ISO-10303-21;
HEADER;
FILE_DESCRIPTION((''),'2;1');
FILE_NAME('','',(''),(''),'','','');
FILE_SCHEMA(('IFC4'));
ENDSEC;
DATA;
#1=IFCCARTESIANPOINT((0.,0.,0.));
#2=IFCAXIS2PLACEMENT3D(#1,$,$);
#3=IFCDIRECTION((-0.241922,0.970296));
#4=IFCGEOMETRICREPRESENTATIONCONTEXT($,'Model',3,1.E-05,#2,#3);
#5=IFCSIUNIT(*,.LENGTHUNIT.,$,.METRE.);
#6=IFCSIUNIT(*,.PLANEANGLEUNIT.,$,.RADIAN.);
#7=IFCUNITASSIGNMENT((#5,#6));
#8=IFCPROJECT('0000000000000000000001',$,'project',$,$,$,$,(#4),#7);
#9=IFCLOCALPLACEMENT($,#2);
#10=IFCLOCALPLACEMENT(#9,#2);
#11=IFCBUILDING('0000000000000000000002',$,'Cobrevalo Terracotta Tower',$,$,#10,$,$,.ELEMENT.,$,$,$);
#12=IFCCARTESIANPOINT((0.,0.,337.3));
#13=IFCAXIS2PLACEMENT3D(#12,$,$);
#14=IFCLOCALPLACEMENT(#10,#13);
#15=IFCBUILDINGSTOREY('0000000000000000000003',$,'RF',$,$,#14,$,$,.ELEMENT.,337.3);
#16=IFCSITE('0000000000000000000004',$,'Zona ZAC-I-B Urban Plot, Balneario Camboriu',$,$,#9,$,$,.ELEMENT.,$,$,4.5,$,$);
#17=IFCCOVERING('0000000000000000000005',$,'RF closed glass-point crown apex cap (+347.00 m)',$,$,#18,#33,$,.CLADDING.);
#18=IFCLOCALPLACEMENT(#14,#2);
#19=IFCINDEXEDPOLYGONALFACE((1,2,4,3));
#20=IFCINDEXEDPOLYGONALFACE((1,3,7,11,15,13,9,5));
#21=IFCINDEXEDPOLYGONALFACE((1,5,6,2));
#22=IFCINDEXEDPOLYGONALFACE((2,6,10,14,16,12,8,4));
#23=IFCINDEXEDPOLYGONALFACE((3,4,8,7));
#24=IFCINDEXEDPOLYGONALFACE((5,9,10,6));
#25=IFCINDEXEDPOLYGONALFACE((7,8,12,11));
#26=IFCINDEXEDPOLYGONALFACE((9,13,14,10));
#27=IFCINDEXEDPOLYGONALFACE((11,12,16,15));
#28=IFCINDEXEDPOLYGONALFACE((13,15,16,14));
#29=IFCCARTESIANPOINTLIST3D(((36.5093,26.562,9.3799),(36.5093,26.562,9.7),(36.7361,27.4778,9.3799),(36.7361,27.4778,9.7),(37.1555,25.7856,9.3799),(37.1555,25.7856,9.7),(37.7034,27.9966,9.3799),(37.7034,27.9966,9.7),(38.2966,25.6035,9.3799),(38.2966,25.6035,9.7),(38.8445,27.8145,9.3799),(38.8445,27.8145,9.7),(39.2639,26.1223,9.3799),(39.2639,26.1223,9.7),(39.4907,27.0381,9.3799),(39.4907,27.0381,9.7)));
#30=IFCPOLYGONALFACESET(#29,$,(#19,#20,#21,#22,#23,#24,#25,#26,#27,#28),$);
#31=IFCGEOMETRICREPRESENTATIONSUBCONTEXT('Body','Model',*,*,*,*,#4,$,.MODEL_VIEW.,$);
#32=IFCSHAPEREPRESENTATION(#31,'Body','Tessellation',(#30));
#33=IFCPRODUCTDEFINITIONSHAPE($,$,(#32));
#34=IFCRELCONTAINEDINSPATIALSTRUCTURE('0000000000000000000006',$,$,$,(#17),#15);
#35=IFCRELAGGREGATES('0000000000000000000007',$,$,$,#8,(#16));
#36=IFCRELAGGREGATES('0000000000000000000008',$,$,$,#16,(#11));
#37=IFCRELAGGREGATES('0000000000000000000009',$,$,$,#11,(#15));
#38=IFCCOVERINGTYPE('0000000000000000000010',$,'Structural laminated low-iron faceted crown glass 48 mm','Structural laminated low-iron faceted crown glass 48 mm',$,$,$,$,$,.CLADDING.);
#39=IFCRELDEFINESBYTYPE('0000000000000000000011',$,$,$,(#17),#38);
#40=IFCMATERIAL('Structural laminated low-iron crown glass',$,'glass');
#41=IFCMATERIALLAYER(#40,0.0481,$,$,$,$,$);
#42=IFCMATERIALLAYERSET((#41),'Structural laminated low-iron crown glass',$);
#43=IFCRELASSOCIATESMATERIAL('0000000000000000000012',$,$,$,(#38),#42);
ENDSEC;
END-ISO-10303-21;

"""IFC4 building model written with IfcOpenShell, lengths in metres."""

from ifc_helpers import new_model, si_unit, direction, frame, origin, place, context, subcontext, project, spatial, polyline, outline, extrude, material, layer, layer_set, type_object, element, save


model = new_model("IFC4")

# Units and contexts
model_context = context("Model", 3, precision=1e-05, world=origin(), true_north=direction((-0.241922, 0.970296)))
body_context = subcontext(model_context, "Body", "Model", "MODEL_VIEW")
ifc_project = project(units=[si_unit("LENGTHUNIT", "METRE"), si_unit("PLANEANGLEUNIT", "RADIAN")], contexts=[model_context])

# Site, building, storey
site_placement = place(None, origin())
site = spatial("IfcSite", under=ifc_project, at=site_placement, Name="Zona ZAC-I-B Urban Plot, Balneario Camboriu", CompositionType="ELEMENT", RefElevation=4.5)
building_placement = place(site_placement, origin())
building = spatial("IfcBuilding", under=site, at=building_placement, Name="Cobrevalo Terracotta Tower", CompositionType="ELEMENT")
storey_placement = place(building_placement, frame((0.0, 0.0, 337.3)))
storey = spatial("IfcBuildingStorey", under=building, at=storey_placement, Name="RF", CompositionType="ELEMENT", Elevation=337.3)

# Shared definitions
ifc_material_1 = material(Name="Structural laminated low-iron crown glass", Category="glass")

# Covering
ifc_layer_1 = layer(ifc_material_1, 0.0481)
ifc_layer_set_1 = layer_set([ifc_layer_1], Name="Structural laminated low-iron crown glass")
covering_type = type_object("IfcCoveringType", Name="Structural laminated low-iron faceted crown glass 48 mm", Description="Structural laminated low-iron faceted crown glass 48 mm", PredefinedType="CLADDING", material=ifc_layer_set_1)
covering_1_placement = place(storey_placement, frame((0.0, 0.0, 9.3799)))
element("IfcCovering", 1, at=covering_1_placement, inside=storey, type_object=covering_type, Name="RF closed glass-point crown apex cap (+347.00 m)", PredefinedType="CLADDING", context=body_context, shape_type="SweptSolid", body=[
    extrude(outline(polyline([(39.4907, 27.0381), (38.8445, 27.8145), (37.7034, 27.9966), (36.7361, 27.4778), (36.5093, 26.562), (37.1555, 25.7856), (38.2966, 25.6035), (39.2639, 26.1223), (39.4907, 27.0381)])), origin(), (0.0, 0.0, 1.0), 0.3201),
])

save(model, "model.ifc")
